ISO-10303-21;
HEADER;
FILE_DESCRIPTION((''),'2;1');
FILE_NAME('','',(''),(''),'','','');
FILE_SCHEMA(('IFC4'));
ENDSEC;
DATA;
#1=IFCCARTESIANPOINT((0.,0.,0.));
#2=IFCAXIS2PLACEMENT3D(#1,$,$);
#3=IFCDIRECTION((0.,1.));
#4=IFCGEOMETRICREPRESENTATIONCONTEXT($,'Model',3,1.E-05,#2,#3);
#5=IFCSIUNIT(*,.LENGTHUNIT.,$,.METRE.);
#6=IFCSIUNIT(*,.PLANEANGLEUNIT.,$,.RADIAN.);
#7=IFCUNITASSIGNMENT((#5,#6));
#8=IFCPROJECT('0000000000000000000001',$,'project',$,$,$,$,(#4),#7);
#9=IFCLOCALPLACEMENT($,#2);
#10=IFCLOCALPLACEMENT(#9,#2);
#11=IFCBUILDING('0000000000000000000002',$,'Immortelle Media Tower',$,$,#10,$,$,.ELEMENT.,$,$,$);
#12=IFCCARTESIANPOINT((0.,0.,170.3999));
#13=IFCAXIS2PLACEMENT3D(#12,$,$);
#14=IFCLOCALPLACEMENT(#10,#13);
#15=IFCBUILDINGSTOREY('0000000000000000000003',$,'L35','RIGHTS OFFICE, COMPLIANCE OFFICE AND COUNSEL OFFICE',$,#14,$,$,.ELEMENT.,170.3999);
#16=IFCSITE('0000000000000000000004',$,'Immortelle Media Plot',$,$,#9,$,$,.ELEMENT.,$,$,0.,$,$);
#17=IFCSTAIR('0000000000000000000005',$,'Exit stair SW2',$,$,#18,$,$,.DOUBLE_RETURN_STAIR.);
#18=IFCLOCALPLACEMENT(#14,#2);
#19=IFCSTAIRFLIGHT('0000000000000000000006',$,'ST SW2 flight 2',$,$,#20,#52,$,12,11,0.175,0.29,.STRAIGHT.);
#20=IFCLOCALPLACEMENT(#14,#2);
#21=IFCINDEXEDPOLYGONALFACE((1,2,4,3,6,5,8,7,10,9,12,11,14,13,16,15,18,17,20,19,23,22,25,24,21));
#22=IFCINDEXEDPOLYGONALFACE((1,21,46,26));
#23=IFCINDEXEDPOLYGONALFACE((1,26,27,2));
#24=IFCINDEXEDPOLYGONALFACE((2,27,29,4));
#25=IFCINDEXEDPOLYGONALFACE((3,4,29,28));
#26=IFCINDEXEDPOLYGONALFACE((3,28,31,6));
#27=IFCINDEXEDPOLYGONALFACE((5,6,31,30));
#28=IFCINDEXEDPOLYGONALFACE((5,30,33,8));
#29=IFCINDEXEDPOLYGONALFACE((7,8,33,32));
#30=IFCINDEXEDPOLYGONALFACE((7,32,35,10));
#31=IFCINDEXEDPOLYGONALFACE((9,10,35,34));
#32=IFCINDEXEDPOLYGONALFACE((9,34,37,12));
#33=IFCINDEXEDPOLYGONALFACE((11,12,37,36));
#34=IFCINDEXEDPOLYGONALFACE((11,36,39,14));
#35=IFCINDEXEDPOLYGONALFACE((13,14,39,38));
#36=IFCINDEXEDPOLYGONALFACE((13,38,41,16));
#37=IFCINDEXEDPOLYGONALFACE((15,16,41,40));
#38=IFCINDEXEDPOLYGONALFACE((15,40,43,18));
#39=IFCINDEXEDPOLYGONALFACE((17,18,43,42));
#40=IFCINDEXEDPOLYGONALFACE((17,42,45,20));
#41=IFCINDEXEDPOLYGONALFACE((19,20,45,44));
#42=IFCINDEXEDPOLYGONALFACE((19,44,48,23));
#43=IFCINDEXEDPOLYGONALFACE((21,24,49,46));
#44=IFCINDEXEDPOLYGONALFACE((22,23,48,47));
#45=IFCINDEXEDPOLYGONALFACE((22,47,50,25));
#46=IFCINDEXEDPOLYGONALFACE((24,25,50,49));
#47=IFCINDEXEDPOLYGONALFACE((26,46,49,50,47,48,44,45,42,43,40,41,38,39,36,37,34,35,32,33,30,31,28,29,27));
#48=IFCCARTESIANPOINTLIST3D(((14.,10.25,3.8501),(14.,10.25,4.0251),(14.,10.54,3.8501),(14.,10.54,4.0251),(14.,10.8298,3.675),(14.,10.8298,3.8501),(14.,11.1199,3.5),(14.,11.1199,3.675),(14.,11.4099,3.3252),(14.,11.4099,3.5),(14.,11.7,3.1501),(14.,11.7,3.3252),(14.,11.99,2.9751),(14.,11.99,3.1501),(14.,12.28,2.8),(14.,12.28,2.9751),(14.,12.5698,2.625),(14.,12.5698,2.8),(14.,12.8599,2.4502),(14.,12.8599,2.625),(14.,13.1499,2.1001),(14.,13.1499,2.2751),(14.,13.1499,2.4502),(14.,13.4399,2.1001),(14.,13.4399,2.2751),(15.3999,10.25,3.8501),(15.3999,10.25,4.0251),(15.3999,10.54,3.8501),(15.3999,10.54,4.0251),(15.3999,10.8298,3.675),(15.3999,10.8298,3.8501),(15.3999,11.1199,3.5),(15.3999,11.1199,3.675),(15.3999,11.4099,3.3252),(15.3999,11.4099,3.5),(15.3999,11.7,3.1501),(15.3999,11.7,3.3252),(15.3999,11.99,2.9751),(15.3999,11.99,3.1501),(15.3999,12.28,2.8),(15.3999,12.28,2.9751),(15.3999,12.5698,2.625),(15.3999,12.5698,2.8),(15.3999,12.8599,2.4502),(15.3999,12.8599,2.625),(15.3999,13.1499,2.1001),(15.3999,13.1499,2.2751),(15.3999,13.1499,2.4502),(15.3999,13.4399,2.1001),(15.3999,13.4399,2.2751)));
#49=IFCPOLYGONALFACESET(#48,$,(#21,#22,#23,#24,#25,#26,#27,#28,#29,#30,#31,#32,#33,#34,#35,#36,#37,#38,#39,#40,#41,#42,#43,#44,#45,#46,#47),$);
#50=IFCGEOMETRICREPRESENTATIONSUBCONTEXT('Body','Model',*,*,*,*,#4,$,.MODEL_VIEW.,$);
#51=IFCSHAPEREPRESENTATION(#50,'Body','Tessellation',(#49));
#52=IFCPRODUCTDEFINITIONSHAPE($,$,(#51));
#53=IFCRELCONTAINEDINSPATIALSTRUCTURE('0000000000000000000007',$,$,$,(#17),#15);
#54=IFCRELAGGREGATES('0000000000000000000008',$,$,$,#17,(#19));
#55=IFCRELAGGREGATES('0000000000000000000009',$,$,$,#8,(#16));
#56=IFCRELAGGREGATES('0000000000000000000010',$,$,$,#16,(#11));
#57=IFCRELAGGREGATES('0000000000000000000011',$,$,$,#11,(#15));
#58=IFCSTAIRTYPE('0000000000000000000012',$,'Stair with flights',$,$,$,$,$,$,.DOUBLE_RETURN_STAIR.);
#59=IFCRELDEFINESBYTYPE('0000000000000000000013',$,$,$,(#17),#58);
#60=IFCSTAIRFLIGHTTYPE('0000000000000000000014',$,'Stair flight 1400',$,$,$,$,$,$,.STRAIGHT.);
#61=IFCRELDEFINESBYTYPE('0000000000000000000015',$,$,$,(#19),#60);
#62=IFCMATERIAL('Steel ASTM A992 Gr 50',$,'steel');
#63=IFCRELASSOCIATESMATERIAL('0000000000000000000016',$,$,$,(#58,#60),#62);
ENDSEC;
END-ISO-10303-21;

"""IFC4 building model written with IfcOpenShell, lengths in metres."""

from ifc_helpers import new_model, si_unit, direction, frame, origin, place, context, subcontext, project, spatial, polyline, outline, extrude, material, type_object, element, aggregate, save


model = new_model("IFC4")

# Units and contexts
model_context = context("Model", 3, precision=1e-05, world=origin(), true_north=direction((0.0, 1.0)))
body_context = subcontext(model_context, "Body", "Model", "MODEL_VIEW")
ifc_project = project(units=[si_unit("LENGTHUNIT", "METRE"), si_unit("PLANEANGLEUNIT", "RADIAN")], contexts=[model_context])

# Site, building, storey
site_placement = place(None, origin())
site = spatial("IfcSite", under=ifc_project, at=site_placement, Name="Immortelle Media Plot", CompositionType="ELEMENT", RefElevation=0.0)
building_placement = place(site_placement, origin())
building = spatial("IfcBuilding", under=site, at=building_placement, Name="Immortelle Media Tower", CompositionType="ELEMENT")
storey_placement = place(building_placement, frame((0.0, 0.0, 170.3999)))
storey = spatial("IfcBuildingStorey", under=building, at=storey_placement, Name="L35", Description="RIGHTS OFFICE, COMPLIANCE OFFICE AND COUNSEL OFFICE", CompositionType="ELEMENT", Elevation=170.3999)

# Shared definitions
ifc_material_1 = material(Name="Steel ASTM A992 Gr 50", Category="steel")

# Stair, stair flight
stair_type = type_object("IfcStairType", Name="Stair with flights", PredefinedType="DOUBLE_RETURN_STAIR", material=ifc_material_1)
stair_flight_type = type_object("IfcStairFlightType", Name="Stair flight 1400", PredefinedType="STRAIGHT", material=ifc_material_1)
stair_1_placement = place(storey_placement, origin())
stair_1 = element("IfcStair", 1, at=stair_1_placement, inside=storey, type_object=stair_type, Name="Exit stair SW2", PredefinedType="DOUBLE_RETURN_STAIR")
stair_flight_1_placement = place(storey_placement, frame((14.7, 13.4399, 2.1001), z_axis=(0.0, 0.0, 1.0), x_axis=(0.0, -1.0, 0.0)))
stair_flight_1 = element("IfcStairFlight", 2, at=stair_flight_1_placement, type_object=stair_flight_type, Name="ST SW2 flight 2", NumberOfRisers=12, NumberOfTreads=11, PredefinedType="STRAIGHT", RiserHeight=0.175, TreadLength=0.29, context=body_context, shape_type="SweptSolid", body=[
    extrude(outline(polyline([(0.0, 0.0), (0.0, 0.175), (0.29, 0.175), (0.29, 0.3501), (0.5801, 0.3501), (0.5801, 0.5249), (0.8701, 0.5249), (0.8701, 0.7), (1.1599, 0.7), (1.1599, 0.875), (1.45, 0.875), (1.45, 1.05), (1.74, 1.05), (1.74, 1.2251), (2.03, 1.2251), (2.03, 1.3999), (2.3201, 1.3999), (2.3201, 1.575), (2.6101, 1.575), (2.6101, 1.75), (2.8999, 1.75), (2.8999, 1.925), (3.1899, 1.925), (3.1899, 2.1001), (3.1899, 1.75), (0.29, 0.0), (0.0, 0.0)])), frame((0.0, 0.7, 0.0), z_axis=(0.0, -1.0, 0.0), x_axis=(1.0, 0.0, 0.0)), (0.0, 0.0, 1.0), 1.3999),
])
aggregate(stair_1, [stair_flight_1])

save(model, "model.ifc")
